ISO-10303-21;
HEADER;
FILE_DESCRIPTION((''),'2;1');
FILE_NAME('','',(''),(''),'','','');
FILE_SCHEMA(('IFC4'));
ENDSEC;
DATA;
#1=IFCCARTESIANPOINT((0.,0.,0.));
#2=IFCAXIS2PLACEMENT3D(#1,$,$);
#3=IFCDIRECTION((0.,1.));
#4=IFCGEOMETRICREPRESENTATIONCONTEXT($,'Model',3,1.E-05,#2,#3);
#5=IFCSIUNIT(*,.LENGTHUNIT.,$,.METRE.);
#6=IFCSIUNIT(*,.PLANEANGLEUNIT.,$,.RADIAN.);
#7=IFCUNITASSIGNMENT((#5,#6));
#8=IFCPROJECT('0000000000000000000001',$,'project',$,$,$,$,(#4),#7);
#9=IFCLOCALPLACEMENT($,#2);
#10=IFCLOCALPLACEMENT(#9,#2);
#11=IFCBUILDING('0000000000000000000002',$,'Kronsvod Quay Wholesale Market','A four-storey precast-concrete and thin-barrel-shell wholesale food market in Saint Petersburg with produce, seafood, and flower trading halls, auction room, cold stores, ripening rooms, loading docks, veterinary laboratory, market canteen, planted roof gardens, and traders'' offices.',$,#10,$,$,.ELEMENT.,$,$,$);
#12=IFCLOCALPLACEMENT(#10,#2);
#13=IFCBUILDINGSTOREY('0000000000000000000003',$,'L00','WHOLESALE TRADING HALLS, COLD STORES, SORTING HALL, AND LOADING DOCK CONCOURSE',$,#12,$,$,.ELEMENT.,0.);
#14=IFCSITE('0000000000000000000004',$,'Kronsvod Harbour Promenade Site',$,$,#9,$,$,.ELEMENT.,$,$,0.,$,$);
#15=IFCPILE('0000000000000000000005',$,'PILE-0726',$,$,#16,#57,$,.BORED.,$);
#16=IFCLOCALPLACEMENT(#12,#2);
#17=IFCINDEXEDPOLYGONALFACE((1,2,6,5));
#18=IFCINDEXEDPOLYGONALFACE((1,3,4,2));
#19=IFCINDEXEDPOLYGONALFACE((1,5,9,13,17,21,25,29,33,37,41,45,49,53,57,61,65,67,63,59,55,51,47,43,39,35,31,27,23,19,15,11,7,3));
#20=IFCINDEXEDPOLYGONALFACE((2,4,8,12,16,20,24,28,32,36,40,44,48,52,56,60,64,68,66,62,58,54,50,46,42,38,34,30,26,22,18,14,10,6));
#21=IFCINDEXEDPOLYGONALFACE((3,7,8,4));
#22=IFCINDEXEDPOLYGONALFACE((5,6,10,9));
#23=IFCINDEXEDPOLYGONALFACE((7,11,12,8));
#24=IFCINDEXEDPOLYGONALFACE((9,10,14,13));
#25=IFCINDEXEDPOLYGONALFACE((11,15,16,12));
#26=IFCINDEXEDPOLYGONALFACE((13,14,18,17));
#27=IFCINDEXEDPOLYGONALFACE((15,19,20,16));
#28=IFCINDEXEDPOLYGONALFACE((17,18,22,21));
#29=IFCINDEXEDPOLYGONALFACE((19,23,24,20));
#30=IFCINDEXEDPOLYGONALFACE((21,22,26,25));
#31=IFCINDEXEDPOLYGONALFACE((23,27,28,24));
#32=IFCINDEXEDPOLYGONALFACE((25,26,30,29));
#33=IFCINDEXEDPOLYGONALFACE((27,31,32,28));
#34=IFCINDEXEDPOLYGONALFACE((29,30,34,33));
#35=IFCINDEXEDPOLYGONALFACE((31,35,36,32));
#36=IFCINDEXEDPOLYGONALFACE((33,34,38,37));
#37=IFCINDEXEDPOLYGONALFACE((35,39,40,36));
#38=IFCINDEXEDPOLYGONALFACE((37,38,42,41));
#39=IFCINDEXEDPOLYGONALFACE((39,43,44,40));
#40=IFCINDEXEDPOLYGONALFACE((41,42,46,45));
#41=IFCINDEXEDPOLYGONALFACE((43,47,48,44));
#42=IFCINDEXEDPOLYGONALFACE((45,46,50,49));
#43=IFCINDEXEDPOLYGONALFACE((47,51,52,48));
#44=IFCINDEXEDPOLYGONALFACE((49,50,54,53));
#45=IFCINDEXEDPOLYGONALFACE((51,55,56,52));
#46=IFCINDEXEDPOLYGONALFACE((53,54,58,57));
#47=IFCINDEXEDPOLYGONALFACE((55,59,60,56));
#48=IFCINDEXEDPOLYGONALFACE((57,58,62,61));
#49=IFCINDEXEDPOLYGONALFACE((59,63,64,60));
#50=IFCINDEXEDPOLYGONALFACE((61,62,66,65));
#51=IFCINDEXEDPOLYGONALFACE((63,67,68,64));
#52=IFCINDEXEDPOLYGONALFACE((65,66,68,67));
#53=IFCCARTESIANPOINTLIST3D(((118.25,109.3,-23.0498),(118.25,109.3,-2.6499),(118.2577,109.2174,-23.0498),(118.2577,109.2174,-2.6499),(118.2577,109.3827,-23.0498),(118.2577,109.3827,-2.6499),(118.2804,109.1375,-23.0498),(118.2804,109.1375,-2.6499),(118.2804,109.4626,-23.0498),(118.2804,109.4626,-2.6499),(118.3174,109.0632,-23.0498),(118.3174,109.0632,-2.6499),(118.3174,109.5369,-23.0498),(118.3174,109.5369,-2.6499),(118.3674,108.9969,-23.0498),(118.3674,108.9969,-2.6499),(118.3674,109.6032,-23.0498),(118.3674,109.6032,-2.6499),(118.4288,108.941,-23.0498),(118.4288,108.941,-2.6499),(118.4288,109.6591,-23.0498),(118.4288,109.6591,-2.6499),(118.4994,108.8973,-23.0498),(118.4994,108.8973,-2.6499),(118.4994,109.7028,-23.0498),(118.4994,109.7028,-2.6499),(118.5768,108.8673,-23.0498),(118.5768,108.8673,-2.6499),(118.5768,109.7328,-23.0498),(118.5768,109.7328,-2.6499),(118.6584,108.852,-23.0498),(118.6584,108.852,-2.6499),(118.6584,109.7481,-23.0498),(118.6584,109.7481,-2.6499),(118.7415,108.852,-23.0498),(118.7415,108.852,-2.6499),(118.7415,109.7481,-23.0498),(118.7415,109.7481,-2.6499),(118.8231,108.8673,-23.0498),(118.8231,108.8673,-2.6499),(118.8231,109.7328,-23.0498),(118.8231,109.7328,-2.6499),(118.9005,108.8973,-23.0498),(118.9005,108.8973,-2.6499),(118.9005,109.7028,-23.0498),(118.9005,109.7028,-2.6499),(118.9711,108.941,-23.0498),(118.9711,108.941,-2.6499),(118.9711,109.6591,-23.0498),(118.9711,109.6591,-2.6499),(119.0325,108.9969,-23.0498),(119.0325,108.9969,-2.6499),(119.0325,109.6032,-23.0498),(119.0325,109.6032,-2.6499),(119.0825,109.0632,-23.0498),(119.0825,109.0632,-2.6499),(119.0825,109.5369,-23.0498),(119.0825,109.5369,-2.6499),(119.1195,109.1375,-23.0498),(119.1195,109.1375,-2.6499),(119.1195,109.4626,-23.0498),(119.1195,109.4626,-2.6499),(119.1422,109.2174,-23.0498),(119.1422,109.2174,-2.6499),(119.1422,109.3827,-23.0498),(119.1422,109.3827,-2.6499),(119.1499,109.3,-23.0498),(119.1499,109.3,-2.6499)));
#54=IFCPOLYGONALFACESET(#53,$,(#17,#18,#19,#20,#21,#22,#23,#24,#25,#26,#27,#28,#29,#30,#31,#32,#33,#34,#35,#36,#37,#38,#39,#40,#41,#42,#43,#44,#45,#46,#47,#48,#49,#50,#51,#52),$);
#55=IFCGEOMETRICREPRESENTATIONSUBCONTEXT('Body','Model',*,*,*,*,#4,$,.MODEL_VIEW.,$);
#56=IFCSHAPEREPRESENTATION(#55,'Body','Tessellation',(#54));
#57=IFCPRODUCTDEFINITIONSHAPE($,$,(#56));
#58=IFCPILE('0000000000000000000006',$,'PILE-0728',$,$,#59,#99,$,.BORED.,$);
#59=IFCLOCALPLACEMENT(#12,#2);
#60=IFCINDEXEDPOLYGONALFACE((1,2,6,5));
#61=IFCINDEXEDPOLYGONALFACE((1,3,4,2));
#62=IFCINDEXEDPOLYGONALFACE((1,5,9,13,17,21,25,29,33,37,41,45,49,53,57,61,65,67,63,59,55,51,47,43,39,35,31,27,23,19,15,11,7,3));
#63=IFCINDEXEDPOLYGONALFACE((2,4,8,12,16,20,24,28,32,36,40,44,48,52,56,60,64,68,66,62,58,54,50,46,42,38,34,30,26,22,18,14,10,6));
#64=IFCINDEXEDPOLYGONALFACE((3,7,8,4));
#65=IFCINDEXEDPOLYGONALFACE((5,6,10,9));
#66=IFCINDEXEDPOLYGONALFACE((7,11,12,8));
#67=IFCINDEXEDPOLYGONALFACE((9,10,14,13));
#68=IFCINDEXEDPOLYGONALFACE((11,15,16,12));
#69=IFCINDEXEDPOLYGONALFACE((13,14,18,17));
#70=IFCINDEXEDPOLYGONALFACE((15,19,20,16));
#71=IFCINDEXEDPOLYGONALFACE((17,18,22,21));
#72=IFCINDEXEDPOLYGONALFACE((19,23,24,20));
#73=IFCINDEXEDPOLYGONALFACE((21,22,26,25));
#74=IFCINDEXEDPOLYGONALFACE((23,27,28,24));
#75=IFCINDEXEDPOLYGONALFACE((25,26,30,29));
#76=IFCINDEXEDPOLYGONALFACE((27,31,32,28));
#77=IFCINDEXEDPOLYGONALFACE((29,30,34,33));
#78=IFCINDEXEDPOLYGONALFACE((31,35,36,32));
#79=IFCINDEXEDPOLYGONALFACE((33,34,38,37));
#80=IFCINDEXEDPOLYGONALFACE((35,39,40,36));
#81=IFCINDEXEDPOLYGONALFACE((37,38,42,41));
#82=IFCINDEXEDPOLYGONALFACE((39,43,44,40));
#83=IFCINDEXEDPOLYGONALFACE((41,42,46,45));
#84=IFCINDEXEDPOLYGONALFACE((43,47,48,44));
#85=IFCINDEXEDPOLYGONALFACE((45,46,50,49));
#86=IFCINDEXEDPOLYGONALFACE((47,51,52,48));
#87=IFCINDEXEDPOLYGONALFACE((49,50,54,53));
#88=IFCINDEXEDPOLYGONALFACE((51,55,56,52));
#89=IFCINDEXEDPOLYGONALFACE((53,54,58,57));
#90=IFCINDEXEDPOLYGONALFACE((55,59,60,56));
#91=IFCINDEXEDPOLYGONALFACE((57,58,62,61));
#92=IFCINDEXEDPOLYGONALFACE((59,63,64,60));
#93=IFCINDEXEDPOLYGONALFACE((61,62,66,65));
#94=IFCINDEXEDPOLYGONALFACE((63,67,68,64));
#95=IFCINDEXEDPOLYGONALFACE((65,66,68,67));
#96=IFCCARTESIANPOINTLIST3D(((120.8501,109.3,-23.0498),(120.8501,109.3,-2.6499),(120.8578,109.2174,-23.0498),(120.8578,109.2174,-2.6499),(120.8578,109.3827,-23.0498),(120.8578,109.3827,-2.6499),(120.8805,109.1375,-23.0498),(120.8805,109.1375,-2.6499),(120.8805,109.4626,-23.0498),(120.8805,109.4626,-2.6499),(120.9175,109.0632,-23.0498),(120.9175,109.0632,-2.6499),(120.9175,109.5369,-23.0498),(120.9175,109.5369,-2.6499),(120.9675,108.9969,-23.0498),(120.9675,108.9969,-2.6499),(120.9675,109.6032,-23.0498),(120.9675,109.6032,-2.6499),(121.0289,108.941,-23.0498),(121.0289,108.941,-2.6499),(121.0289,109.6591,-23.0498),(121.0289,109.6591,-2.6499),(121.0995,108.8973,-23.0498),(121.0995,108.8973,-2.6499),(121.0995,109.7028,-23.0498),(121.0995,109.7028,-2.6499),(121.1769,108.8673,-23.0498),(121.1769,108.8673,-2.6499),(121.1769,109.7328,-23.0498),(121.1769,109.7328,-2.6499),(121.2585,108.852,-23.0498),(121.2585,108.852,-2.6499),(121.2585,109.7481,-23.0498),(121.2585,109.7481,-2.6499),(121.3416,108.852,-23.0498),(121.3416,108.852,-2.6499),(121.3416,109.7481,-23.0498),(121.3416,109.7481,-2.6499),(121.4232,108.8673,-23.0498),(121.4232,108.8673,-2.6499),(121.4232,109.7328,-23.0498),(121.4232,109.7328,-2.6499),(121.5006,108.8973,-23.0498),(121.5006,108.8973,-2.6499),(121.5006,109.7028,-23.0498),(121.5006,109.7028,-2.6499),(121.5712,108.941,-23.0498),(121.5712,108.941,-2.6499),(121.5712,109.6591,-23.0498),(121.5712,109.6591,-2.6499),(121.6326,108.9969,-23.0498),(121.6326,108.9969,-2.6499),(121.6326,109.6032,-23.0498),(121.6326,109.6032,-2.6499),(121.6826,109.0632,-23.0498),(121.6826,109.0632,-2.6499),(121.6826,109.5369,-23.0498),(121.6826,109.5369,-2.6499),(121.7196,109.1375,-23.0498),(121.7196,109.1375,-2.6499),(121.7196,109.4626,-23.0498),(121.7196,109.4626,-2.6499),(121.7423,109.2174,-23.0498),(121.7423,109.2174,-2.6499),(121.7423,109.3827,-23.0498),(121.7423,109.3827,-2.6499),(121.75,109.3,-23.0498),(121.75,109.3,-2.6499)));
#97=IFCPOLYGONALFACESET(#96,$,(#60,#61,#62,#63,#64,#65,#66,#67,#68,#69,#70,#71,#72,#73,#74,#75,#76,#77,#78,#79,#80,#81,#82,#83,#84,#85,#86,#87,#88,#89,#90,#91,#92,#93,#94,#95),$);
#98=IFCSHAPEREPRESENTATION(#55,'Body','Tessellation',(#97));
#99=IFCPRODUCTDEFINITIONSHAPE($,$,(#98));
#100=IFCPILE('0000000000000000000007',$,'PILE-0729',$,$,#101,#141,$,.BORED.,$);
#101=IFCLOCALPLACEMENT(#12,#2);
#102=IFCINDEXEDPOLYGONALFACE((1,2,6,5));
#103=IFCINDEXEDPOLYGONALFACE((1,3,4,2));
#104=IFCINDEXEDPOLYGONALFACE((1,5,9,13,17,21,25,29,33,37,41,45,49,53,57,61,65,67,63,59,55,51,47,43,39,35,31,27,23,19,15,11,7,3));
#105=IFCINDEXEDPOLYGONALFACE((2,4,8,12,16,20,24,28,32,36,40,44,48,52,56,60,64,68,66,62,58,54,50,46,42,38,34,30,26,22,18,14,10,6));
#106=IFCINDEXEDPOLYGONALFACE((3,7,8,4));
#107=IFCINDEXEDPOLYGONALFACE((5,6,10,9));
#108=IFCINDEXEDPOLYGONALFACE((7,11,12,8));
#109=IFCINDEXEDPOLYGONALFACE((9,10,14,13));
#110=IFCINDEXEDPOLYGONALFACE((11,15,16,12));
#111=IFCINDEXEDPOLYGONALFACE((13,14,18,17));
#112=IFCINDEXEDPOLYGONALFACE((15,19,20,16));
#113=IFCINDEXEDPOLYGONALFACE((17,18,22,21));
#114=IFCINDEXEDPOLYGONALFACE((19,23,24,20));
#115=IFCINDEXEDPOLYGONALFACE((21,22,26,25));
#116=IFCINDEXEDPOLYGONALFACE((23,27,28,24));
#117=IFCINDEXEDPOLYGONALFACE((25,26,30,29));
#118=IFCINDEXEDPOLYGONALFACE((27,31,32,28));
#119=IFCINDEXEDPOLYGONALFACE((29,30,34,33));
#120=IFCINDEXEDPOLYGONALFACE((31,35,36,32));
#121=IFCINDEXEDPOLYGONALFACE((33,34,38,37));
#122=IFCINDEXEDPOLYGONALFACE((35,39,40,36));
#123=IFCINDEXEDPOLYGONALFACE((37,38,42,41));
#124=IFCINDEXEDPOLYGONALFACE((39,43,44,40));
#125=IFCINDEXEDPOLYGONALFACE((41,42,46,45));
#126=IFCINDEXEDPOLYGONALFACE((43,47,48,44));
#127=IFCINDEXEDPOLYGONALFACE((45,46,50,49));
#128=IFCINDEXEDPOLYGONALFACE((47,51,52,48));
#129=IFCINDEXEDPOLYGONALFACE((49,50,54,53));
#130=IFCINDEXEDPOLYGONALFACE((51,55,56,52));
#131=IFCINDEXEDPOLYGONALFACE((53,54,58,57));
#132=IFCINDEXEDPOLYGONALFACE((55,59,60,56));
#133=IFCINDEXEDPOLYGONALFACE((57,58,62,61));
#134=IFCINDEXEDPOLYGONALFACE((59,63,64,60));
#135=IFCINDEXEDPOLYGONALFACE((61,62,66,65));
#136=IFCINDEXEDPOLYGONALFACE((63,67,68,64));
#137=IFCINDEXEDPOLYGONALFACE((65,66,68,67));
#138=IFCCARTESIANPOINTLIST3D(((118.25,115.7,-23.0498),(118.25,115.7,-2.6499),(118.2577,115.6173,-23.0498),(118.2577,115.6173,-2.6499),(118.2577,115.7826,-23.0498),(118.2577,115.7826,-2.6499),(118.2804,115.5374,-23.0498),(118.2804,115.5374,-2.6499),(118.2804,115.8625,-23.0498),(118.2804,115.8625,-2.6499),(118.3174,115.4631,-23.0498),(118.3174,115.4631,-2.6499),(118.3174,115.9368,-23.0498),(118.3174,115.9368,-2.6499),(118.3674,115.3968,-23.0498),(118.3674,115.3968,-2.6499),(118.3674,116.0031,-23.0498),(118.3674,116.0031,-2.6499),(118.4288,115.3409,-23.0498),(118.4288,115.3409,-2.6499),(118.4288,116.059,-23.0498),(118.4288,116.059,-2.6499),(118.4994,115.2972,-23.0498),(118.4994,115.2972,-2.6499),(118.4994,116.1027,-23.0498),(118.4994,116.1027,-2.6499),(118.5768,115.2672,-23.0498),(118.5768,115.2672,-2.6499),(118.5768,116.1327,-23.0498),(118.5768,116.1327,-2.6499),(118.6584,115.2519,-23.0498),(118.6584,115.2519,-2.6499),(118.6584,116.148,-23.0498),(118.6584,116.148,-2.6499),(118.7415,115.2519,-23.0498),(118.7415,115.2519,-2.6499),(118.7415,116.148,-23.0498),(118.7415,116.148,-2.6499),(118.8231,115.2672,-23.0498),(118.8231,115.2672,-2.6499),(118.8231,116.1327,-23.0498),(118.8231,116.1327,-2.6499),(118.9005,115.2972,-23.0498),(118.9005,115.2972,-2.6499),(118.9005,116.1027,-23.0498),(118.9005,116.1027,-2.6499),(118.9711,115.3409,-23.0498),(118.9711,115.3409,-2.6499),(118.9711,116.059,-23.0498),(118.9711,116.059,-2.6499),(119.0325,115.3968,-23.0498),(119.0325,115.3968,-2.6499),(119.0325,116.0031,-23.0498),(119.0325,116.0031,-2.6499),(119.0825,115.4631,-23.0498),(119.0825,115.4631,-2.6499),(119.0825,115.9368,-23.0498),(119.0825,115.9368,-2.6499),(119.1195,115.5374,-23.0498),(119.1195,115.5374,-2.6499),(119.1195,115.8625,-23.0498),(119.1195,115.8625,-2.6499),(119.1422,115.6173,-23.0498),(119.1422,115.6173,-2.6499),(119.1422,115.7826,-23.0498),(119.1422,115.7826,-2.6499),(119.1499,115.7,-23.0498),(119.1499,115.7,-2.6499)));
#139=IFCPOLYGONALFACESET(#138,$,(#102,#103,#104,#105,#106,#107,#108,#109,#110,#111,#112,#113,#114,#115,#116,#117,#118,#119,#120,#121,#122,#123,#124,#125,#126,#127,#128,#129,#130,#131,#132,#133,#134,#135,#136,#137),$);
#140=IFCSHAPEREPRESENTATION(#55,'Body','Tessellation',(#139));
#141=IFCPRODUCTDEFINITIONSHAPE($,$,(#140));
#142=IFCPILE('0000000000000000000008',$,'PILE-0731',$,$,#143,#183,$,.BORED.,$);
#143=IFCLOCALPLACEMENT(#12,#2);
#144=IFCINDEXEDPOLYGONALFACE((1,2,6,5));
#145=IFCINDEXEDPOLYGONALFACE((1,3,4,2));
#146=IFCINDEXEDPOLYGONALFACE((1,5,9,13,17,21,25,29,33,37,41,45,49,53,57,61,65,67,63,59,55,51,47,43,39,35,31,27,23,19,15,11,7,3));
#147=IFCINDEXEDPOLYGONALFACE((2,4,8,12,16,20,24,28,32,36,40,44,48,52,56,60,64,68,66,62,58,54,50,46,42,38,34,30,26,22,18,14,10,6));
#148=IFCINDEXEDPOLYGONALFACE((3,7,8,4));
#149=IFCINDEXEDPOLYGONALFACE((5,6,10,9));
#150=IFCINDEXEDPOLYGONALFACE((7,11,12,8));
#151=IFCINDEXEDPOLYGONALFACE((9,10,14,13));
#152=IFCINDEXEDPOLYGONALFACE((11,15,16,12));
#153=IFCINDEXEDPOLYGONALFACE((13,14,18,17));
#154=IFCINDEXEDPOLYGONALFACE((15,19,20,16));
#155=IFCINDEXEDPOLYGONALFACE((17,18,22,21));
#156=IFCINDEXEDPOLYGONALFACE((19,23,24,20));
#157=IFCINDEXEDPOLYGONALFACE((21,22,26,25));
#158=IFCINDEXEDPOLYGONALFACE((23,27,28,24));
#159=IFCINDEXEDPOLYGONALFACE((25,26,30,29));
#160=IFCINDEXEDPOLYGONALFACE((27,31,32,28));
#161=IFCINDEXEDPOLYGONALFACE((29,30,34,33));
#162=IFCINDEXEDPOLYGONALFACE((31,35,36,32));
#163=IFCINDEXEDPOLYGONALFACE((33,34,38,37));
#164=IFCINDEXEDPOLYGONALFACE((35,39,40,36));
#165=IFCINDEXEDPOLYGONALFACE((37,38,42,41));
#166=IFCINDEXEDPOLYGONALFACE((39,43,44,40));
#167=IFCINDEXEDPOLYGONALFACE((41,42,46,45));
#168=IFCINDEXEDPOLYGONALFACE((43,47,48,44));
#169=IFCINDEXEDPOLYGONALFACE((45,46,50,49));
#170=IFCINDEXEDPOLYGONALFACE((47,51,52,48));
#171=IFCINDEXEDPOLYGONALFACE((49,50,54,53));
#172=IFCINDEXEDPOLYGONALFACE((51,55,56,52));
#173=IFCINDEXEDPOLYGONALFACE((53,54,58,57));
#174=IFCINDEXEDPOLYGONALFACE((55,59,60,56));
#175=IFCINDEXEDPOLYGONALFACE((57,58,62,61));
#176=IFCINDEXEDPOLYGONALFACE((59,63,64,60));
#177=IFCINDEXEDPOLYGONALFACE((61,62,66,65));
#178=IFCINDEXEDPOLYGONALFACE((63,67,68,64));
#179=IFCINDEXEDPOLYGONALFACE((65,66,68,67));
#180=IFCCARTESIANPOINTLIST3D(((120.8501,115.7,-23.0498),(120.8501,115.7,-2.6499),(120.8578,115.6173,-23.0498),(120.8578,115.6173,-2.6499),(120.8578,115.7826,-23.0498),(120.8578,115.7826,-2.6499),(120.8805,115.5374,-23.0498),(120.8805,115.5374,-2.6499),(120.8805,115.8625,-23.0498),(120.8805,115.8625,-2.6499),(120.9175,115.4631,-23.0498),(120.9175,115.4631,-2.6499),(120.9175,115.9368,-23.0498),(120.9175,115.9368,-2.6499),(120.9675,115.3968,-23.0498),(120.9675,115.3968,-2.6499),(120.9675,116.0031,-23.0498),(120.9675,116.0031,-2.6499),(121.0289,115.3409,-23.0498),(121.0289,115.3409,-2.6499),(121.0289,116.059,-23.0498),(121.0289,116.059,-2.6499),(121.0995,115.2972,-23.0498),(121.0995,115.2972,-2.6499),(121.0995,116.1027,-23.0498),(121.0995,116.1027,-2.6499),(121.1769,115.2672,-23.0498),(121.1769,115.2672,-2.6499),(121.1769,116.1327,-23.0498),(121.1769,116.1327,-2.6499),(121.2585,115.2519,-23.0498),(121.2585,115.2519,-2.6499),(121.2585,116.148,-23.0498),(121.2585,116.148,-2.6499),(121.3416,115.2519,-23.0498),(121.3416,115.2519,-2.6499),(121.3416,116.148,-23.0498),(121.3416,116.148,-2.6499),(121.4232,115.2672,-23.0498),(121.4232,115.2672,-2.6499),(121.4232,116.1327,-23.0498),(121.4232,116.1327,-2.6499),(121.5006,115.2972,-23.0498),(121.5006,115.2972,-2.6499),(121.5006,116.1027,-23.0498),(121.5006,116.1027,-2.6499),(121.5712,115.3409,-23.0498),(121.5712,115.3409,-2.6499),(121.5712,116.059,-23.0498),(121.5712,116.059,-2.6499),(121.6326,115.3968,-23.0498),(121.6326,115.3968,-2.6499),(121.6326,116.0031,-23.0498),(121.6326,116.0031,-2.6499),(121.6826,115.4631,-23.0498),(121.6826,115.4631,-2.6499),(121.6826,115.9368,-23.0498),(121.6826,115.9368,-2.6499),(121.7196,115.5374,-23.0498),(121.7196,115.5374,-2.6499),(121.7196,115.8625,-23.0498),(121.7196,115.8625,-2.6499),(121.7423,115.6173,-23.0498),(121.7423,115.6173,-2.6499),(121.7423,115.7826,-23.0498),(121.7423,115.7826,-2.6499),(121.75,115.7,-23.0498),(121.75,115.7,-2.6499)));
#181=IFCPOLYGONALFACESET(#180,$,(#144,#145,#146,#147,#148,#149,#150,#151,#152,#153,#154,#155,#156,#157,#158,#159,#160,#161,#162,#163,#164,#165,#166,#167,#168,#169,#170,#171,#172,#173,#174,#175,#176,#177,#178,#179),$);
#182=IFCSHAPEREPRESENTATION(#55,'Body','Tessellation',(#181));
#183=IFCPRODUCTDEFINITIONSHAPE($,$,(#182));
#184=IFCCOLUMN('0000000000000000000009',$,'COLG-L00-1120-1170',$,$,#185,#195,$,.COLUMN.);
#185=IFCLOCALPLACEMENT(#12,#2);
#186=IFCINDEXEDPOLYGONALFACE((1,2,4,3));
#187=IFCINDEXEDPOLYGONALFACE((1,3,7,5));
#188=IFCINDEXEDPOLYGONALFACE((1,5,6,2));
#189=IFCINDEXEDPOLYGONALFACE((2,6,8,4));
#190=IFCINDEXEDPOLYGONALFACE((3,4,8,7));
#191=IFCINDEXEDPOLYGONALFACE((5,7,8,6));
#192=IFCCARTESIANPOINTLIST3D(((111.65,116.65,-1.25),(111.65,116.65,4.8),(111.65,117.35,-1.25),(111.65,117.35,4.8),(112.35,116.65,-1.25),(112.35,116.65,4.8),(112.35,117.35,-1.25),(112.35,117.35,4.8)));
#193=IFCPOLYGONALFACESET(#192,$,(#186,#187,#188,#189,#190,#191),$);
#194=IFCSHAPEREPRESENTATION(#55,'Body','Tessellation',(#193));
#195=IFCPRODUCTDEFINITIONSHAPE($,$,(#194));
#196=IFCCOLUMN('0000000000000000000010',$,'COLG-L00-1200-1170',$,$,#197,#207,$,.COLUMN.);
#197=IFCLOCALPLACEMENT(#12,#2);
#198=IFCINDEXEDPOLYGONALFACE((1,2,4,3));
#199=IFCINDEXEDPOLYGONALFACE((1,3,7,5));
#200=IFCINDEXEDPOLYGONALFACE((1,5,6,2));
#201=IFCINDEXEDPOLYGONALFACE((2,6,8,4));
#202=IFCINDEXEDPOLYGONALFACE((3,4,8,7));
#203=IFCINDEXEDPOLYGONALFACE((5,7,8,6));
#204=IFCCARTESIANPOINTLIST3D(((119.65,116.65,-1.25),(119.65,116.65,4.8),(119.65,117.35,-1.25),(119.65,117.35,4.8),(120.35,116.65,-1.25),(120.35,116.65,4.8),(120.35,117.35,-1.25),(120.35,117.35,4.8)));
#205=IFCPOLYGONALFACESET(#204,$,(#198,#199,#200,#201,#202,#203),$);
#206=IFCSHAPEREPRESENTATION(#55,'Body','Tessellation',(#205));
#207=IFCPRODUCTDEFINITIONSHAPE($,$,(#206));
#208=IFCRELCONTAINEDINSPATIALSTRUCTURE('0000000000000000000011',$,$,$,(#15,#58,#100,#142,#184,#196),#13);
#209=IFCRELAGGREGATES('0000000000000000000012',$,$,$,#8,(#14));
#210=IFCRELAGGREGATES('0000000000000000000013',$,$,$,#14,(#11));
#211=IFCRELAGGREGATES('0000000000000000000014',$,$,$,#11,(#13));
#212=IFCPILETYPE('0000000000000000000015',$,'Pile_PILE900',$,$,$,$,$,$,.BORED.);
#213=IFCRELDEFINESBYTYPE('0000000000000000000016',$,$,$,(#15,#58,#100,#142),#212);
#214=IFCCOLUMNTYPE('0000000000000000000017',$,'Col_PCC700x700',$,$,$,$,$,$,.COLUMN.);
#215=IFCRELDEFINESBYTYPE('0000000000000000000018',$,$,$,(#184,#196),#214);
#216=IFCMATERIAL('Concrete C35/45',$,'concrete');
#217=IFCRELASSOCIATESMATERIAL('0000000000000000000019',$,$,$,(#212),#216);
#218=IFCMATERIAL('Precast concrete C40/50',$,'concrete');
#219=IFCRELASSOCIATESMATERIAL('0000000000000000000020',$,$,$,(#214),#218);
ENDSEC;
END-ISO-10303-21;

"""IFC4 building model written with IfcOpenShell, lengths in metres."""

from ifc_helpers import new_model, si_unit, direction, frame, origin, origin_2d, place, context, subcontext, project, spatial, rectangle, circle, extrude, material, material_profile, profile_set, type_object, element, save


model = new_model("IFC4")

# Units and contexts
model_context = context("Model", 3, precision=1e-05, world=origin(), true_north=direction((0.0, 1.0)))
body_context = subcontext(model_context, "Body", "Model", "MODEL_VIEW")
ifc_project = project(units=[si_unit("LENGTHUNIT", "METRE"), si_unit("PLANEANGLEUNIT", "RADIAN")], contexts=[model_context])

# Site, building, storey
site_placement = place(None, origin())
site = spatial("IfcSite", under=ifc_project, at=site_placement, Name="Kronsvod Harbour Promenade Site", CompositionType="ELEMENT", RefElevation=0.0)
building_placement = place(site_placement, origin())
building = spatial("IfcBuilding", under=site, at=building_placement, Name="Kronsvod Quay Wholesale Market", Description="A four-storey precast-concrete and thin-barrel-shell wholesale food market in Saint Petersburg with produce, seafood, and flower trading halls, auction room, cold stores, ripening rooms, loading docks, veterinary laboratory, market canteen, planted roof gardens, and traders' offices.", CompositionType="ELEMENT")
storey_placement = place(building_placement, origin())
storey = spatial("IfcBuildingStorey", under=building, at=storey_placement, Name="L00", Description="WHOLESALE TRADING HALLS, COLD STORES, SORTING HALL, AND LOADING DOCK CONCOURSE", CompositionType="ELEMENT", Elevation=0.0)

# Piles
ifc_material_1 = material(Name="Concrete C35/45", Category="concrete")
ifc_material_profile_1 = material_profile(ifc_material_1, circle(Radius=0.45, at=origin_2d()), Name="PILE900")
ifc_profile_set_1 = profile_set([ifc_material_profile_1], Name="Concrete C35/45")
pile_type = type_object("IfcPileType", Name="Pile_PILE900", PredefinedType="BORED", material=ifc_profile_set_1)
for number, where, z_axis, x_axis, name in (
    (1, (118.7, 109.3, -2.6499), (0.0, 0.0, -1.0), (1.0, 0.0, 0.0), "PILE-0726"),
    (2, (121.3, 109.3, -2.6499), (0.0, 0.0, -1.0), (1.0, 0.0, 0.0), "PILE-0728"),
    (3, (118.7, 115.7, -2.6499), (0.0, 0.0, -1.0), (1.0, 0.0, 0.0), "PILE-0729"),
    (4, (121.3, 115.7, -2.6499), (0.0, 0.0, -1.0), (1.0, 0.0, 0.0), "PILE-0731"),
):
    element("IfcPile", number, at=place(storey_placement, frame(where, z_axis=z_axis, x_axis=x_axis)), inside=storey, type_object=pile_type, Name=name, PredefinedType="BORED", context=body_context, shape_type="SweptSolid", body=[
        extrude(circle(Radius=0.45, at=origin_2d()), origin(), (0.0, 0.0, 1.0), 20.3999),
    ])

# Columns
ifc_material_2 = material(Name="Precast concrete C40/50", Category="concrete")
ifc_material_profile_2 = material_profile(ifc_material_2, rectangle(XDim=0.7, YDim=0.7, at=origin_2d()), Name="PCC700x700")
ifc_profile_set_2 = profile_set([ifc_material_profile_2], Name="Precast concrete C40/50")
column_type_1 = type_object("IfcColumnType", Name="Col_PCC700x700", PredefinedType="COLUMN", material=ifc_profile_set_2)
for number, where, z_axis, x_axis, name in (
    (5, (112.0, 117.0, -1.25), (0.0, 0.0, 1.0), (1.0, 0.0, 0.0), "COLG-L00-1120-1170"),
    (6, (120.0, 117.0, -1.25), (0.0, 0.0, 1.0), (1.0, 0.0, 0.0), "COLG-L00-1200-1170"),
):
    element("IfcColumn", number, at=place(storey_placement, frame(where, z_axis=z_axis, x_axis=x_axis)), inside=storey, type_object=column_type_1, Name=name, PredefinedType="COLUMN", context=body_context, shape_type="SweptSolid", body=[
        extrude(rectangle(XDim=0.7, YDim=0.7, at=origin_2d()), origin(), (0.0, 0.0, 1.0), 6.05),
    ])

save(model, "model.ifc")
